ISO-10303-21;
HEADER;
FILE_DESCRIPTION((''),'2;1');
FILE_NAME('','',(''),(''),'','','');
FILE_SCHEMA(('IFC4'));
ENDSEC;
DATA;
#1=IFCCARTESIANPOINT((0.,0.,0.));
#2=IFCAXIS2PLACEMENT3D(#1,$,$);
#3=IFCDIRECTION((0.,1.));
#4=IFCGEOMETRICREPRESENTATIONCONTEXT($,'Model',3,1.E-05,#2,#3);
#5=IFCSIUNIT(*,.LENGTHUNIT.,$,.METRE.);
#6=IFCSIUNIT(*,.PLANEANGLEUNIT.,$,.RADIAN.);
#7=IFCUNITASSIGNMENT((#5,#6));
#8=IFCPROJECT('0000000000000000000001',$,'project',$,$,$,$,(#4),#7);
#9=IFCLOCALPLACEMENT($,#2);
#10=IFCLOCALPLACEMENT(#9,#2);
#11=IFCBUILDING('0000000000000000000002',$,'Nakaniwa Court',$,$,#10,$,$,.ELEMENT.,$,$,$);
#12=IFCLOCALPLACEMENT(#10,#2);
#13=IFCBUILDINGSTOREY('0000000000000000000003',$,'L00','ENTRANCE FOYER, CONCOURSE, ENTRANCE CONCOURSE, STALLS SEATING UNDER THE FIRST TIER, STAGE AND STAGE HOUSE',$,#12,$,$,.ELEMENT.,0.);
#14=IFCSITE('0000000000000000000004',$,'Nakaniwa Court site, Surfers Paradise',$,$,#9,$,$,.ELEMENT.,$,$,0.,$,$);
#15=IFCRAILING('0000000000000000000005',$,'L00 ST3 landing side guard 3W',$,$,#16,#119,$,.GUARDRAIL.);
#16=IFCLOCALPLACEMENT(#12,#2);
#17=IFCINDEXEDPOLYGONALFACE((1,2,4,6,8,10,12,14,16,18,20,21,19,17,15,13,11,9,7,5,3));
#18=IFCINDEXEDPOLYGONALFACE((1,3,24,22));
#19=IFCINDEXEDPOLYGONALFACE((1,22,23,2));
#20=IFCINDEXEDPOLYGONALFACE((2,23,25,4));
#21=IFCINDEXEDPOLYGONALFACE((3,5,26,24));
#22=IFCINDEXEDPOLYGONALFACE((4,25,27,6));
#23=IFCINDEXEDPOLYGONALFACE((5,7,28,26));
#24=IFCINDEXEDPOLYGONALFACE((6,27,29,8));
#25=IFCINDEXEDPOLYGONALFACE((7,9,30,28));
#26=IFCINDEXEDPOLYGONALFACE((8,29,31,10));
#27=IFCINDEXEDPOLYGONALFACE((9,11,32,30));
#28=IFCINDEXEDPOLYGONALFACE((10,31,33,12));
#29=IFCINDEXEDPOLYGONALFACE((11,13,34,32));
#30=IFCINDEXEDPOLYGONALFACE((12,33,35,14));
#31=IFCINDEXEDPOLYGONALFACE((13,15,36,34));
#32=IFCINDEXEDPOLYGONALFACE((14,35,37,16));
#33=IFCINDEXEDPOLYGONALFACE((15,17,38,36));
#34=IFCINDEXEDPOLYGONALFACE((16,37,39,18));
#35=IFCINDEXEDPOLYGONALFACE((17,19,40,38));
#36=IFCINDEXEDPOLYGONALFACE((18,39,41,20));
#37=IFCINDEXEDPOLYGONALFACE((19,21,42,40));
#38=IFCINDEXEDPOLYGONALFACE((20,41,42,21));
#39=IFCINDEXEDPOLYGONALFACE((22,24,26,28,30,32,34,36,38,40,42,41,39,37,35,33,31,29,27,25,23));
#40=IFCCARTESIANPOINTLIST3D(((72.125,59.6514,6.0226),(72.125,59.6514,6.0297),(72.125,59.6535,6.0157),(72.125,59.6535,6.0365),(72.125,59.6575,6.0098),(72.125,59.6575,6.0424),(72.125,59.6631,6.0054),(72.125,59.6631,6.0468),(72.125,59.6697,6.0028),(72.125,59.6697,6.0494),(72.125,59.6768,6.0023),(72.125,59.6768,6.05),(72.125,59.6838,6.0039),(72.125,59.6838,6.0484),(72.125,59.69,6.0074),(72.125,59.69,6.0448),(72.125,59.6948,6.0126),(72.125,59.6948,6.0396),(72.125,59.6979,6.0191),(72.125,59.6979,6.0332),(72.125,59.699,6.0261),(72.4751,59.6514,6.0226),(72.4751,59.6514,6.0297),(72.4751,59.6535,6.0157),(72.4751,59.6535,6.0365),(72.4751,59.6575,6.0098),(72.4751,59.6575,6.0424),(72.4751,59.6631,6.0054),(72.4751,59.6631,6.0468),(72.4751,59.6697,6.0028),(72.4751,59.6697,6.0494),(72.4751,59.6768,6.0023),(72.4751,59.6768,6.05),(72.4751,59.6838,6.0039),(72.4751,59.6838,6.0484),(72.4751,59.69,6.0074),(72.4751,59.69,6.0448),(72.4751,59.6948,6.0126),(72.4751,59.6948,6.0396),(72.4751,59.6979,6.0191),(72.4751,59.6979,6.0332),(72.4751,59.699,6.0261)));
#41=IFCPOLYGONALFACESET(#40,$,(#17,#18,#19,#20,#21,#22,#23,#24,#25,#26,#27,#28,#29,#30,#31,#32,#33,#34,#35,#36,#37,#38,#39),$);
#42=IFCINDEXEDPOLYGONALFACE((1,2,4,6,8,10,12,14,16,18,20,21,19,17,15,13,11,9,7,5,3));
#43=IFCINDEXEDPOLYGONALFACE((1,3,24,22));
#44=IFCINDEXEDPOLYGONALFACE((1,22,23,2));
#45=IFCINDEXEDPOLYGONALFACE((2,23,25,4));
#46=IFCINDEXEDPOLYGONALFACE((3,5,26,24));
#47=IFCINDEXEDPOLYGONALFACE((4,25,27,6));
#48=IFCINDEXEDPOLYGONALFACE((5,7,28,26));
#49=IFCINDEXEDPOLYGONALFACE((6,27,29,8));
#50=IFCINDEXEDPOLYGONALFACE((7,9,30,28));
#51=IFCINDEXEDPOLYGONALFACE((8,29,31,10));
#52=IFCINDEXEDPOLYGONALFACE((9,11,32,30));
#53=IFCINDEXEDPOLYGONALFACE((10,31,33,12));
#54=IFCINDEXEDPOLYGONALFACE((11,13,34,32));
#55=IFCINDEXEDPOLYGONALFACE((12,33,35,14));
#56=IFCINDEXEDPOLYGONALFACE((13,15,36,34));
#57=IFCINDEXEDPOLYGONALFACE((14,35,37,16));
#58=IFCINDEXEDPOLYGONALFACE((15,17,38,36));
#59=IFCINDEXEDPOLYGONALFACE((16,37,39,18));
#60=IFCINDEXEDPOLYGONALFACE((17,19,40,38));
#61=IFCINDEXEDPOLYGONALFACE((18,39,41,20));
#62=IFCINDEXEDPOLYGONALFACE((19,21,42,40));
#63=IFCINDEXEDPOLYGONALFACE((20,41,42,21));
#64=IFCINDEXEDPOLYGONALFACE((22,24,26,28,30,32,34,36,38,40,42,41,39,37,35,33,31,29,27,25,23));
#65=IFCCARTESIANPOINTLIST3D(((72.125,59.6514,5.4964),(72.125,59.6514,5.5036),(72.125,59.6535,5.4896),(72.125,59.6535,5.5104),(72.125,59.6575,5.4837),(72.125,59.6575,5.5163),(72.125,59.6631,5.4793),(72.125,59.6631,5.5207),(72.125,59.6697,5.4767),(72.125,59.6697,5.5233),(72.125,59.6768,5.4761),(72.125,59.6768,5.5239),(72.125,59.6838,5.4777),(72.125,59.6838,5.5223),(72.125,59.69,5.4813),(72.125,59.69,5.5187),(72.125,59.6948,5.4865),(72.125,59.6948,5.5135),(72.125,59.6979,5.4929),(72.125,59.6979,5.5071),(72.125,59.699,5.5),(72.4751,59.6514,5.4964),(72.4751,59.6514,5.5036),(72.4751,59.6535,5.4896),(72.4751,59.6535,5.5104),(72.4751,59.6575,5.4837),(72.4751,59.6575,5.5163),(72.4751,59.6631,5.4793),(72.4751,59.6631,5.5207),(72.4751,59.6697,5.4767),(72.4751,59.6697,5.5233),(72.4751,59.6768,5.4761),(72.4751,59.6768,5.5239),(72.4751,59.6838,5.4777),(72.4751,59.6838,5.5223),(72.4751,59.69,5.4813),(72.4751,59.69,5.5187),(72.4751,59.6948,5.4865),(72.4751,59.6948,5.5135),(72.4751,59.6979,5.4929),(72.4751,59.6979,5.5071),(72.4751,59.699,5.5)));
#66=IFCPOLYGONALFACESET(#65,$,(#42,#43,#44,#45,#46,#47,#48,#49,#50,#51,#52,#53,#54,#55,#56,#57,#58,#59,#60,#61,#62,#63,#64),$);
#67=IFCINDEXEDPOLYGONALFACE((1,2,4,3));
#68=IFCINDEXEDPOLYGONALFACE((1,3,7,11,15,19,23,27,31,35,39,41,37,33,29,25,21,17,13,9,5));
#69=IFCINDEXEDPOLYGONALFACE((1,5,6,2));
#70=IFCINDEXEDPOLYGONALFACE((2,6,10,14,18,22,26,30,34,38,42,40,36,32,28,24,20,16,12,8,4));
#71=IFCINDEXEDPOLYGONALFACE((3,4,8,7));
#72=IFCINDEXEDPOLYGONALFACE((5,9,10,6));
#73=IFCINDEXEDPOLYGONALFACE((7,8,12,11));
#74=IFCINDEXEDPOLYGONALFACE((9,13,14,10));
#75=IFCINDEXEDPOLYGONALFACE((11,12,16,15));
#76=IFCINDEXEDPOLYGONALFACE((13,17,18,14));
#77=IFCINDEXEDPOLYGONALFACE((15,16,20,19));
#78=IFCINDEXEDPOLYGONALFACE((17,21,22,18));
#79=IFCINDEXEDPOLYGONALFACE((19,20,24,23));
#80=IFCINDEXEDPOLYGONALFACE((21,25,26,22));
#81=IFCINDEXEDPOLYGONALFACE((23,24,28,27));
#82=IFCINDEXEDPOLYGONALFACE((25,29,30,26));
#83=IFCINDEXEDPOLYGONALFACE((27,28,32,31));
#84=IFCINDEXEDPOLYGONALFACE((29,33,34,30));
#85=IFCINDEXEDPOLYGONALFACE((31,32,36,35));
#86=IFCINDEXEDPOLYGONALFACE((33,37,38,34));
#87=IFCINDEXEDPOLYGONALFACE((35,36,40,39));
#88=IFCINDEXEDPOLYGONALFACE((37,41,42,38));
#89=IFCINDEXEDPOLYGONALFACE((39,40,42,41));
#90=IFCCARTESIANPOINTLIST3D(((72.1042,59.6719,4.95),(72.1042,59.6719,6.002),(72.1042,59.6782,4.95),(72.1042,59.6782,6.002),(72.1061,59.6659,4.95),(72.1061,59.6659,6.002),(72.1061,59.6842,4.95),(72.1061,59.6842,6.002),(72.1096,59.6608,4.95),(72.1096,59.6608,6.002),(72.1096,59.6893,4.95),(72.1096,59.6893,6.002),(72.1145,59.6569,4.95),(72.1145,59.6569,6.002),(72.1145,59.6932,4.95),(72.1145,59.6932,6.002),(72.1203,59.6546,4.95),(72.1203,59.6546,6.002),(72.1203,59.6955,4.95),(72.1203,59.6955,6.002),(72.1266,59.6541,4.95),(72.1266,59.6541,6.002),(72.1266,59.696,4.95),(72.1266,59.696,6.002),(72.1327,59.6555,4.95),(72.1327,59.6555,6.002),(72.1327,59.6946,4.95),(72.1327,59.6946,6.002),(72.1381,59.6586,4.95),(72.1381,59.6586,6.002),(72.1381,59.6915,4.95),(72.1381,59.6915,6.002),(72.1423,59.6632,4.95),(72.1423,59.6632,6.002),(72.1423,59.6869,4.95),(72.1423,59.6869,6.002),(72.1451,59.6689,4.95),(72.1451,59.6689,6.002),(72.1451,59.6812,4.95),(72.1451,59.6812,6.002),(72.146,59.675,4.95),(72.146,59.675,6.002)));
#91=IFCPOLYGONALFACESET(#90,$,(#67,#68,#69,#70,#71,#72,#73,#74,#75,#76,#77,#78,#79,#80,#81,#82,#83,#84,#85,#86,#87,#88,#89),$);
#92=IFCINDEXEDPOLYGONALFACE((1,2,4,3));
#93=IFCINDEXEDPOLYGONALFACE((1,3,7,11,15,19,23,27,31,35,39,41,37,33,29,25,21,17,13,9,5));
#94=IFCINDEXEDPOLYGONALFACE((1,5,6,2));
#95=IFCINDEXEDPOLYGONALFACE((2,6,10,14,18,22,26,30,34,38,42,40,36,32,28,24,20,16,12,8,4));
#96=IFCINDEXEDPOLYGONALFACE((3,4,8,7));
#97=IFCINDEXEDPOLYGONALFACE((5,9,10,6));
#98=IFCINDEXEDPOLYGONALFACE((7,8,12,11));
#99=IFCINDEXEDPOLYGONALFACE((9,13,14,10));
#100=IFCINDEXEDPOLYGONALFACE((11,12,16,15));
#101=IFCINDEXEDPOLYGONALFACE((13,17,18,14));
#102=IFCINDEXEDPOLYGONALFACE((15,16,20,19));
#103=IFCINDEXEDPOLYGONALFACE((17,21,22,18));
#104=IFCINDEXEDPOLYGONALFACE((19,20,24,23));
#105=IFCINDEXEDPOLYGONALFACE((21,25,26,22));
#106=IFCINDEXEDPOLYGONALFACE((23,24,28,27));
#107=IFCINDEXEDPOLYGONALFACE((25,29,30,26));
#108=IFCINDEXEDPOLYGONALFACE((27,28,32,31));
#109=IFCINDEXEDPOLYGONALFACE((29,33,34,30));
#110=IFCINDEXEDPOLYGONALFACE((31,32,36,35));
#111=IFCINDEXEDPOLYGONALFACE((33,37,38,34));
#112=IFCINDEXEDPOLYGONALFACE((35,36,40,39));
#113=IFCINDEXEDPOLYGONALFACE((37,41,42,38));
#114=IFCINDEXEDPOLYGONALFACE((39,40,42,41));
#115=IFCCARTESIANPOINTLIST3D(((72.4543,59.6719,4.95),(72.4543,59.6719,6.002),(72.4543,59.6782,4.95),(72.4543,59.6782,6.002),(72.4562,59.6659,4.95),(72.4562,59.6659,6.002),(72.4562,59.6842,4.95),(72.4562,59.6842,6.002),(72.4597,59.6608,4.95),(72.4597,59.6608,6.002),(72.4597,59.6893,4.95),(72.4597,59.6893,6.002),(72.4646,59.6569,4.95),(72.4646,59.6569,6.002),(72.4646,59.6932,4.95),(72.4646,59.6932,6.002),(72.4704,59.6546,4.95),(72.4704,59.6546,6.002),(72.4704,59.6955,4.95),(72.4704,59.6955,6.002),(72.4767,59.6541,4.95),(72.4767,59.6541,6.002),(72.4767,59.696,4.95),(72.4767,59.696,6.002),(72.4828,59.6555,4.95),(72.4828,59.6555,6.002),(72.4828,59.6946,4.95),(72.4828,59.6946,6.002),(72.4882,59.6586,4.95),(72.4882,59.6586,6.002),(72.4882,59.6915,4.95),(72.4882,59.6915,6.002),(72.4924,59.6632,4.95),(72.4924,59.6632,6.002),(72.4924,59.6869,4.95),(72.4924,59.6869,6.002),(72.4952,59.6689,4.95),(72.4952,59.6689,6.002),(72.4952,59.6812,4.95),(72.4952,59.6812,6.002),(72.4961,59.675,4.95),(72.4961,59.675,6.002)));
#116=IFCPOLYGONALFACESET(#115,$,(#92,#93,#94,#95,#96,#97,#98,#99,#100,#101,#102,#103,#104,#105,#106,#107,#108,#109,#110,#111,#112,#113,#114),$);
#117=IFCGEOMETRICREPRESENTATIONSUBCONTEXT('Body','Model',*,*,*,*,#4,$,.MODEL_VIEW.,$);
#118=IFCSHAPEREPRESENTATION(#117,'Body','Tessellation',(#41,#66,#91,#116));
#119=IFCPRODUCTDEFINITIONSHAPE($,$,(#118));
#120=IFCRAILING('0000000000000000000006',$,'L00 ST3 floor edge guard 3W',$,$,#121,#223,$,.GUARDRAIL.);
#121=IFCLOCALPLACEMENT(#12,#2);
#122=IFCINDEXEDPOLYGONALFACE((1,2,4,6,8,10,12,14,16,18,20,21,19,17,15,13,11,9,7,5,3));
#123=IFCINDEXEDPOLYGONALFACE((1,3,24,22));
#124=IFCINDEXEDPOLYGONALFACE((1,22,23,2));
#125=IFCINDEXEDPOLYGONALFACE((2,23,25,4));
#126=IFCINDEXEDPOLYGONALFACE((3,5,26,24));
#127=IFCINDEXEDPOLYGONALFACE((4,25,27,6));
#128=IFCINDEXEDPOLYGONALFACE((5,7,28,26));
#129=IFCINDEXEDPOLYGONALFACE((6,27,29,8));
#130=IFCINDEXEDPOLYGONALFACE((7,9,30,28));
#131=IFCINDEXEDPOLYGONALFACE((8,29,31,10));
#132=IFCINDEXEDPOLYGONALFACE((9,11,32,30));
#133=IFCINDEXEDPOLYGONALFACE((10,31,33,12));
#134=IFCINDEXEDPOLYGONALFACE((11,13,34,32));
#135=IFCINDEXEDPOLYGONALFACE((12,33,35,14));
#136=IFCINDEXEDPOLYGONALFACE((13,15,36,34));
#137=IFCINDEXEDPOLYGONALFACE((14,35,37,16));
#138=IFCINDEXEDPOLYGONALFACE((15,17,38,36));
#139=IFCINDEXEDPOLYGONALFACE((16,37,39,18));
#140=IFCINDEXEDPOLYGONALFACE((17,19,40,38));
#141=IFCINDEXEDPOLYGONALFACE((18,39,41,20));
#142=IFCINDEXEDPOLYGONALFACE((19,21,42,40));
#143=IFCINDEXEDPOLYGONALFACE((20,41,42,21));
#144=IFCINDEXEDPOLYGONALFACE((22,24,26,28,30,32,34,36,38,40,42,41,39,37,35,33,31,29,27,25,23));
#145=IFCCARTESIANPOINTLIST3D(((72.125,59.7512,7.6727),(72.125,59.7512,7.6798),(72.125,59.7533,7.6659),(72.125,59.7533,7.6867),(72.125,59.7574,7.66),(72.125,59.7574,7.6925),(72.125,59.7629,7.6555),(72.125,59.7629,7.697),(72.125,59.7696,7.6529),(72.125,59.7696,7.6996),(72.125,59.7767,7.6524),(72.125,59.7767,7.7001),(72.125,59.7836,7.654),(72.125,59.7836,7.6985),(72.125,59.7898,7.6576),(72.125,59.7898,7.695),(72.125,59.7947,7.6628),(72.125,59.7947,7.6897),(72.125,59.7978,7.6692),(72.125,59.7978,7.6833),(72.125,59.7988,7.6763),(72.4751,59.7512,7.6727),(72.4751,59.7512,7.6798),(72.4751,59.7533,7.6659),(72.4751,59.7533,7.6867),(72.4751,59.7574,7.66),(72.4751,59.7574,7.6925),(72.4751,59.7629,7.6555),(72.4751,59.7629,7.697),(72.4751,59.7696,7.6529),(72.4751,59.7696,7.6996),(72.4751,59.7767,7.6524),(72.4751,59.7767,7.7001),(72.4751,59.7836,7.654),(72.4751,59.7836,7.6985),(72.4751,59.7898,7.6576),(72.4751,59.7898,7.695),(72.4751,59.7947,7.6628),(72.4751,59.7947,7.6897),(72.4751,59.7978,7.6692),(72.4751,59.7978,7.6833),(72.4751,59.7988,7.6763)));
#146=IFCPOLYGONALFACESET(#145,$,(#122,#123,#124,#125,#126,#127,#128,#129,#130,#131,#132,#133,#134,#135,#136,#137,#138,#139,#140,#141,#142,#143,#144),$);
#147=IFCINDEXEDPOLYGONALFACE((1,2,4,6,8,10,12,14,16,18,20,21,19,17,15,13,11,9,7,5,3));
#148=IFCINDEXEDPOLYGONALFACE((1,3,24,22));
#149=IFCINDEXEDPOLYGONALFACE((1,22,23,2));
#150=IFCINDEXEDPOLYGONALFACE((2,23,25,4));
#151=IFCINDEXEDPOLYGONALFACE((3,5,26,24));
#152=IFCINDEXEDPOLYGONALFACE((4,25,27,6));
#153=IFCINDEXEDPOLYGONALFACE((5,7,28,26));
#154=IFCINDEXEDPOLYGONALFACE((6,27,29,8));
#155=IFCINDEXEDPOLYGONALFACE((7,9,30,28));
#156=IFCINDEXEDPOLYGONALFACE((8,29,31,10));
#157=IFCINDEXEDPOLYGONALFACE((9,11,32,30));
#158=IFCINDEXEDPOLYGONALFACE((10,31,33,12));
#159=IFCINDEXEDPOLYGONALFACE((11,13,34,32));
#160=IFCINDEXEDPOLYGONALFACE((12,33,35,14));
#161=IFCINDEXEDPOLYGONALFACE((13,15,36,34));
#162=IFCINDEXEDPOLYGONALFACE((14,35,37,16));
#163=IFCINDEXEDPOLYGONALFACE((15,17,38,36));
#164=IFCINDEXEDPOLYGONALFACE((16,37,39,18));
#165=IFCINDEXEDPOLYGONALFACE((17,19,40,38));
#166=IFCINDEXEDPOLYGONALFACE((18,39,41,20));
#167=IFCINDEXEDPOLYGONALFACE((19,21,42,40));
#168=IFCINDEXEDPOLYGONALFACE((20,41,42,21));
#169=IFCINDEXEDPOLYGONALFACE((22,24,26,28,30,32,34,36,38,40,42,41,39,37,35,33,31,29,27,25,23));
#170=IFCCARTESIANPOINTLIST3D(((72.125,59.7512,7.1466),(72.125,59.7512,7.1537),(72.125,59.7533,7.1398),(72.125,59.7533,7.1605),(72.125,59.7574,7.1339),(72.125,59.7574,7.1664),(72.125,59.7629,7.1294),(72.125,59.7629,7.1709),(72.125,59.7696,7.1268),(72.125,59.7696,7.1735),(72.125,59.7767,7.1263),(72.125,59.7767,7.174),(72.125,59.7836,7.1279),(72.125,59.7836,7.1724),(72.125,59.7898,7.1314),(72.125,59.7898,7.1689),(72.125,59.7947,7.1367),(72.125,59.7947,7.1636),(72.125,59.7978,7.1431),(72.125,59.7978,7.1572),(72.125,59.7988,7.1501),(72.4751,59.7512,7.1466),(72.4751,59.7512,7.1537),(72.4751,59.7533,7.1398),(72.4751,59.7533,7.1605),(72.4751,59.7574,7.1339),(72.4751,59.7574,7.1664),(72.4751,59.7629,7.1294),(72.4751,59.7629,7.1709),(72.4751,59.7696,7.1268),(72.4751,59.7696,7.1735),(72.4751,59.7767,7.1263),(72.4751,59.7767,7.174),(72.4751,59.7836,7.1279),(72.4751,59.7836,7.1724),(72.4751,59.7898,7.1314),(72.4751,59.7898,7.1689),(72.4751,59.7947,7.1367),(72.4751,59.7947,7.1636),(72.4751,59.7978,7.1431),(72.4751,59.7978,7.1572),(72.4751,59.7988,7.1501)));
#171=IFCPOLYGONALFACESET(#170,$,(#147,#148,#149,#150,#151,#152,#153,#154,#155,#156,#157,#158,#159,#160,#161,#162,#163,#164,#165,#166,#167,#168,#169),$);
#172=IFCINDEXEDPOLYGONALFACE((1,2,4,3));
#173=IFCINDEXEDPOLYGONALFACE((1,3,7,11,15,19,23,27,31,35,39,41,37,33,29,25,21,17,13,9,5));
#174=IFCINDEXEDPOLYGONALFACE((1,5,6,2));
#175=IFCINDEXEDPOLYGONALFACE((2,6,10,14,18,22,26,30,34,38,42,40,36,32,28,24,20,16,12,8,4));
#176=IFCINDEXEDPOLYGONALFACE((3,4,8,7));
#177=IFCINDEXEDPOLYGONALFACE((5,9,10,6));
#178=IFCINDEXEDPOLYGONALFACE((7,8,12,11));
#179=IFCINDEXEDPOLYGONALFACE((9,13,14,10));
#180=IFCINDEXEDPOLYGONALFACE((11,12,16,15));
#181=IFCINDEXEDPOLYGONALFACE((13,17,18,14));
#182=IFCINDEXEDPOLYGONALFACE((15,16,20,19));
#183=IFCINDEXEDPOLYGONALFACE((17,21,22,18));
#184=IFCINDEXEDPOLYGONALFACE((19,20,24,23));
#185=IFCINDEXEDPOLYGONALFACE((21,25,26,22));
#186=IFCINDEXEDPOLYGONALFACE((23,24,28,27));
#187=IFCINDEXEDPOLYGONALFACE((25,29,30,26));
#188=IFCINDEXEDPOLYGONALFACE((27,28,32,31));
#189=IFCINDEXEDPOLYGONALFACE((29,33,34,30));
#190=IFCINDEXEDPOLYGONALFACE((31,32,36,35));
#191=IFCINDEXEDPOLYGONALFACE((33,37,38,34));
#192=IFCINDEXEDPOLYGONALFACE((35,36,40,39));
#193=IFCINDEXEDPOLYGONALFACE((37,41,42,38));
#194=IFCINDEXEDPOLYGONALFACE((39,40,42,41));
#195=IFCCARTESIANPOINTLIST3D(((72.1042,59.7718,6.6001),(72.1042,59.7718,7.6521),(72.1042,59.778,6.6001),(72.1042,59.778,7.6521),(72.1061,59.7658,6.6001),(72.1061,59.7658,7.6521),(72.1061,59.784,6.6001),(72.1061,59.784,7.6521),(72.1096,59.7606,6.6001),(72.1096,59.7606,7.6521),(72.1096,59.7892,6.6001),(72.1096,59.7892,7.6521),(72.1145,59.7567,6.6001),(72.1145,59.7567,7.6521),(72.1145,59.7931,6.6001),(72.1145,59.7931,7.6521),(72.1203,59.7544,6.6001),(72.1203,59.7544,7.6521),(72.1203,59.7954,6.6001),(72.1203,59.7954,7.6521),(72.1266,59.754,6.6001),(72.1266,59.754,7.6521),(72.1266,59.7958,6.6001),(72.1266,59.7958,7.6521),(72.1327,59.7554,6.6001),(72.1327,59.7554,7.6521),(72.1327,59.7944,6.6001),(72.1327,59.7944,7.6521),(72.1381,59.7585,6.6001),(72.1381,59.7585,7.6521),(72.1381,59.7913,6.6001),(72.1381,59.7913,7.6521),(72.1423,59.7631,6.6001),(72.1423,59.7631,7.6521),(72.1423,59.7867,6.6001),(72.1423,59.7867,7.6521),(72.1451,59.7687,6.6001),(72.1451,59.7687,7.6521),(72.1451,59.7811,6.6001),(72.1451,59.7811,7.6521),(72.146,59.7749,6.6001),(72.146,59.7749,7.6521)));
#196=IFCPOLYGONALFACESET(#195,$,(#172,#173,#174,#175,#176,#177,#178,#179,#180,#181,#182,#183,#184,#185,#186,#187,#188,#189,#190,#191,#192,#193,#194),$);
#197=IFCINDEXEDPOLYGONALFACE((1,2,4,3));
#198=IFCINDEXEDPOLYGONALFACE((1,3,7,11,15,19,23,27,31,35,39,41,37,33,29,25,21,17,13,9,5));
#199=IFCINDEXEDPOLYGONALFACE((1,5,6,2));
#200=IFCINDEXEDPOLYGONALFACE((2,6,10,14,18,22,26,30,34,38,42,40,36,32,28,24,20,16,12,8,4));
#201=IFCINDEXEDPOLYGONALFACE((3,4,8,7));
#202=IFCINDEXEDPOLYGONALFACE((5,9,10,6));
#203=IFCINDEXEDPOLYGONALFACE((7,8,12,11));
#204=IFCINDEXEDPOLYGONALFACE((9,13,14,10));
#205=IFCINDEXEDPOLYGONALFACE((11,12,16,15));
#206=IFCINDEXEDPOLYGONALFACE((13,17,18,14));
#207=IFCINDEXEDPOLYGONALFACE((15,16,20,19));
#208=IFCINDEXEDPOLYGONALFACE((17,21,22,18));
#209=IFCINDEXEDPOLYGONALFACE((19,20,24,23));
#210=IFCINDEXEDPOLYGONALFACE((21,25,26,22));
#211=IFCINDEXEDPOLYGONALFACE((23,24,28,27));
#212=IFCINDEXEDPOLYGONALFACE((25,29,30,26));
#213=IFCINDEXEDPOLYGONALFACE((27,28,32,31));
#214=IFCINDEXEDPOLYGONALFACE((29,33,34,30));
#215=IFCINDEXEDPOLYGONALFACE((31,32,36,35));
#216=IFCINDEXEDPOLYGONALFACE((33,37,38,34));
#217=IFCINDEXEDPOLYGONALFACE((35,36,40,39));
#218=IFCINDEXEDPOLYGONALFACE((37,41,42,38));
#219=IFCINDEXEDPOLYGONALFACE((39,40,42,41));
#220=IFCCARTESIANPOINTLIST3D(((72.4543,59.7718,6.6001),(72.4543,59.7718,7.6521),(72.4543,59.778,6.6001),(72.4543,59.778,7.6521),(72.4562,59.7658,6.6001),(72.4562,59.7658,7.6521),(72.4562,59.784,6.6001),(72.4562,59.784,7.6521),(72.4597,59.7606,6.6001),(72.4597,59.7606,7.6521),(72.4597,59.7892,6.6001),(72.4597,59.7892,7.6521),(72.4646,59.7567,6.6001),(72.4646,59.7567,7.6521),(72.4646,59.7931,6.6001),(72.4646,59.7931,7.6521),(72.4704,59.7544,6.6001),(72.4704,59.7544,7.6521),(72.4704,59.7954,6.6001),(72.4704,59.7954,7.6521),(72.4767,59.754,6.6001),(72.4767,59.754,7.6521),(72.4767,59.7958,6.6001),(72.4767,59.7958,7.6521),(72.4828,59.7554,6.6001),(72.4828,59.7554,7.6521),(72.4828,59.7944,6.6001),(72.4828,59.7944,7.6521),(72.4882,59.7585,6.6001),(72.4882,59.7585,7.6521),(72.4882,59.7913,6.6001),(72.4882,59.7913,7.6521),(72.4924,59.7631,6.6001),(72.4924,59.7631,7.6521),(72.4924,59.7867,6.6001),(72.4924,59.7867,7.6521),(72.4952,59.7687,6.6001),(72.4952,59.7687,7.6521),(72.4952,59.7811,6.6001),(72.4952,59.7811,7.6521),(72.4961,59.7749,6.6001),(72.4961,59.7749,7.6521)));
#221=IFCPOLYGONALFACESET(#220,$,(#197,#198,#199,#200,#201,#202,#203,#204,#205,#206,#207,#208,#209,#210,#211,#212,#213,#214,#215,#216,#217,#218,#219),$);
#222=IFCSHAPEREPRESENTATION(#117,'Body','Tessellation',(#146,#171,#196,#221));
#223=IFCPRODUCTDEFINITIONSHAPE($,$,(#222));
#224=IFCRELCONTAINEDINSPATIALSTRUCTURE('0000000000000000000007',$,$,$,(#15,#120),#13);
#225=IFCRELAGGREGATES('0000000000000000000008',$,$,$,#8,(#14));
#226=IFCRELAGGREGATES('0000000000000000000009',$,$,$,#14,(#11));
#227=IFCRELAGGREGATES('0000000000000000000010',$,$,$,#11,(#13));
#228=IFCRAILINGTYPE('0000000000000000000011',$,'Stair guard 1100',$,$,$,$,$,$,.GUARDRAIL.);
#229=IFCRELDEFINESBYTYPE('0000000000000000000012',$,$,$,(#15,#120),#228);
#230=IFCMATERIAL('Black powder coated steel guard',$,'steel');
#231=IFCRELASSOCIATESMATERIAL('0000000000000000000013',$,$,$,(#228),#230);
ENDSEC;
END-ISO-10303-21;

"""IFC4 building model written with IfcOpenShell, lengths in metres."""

from ifc_helpers import new_model, si_unit, direction, frame, origin, origin_2d, place, context, subcontext, project, spatial, circle, extrude, material, type_object, element, save


model = new_model("IFC4")

# Units and contexts
model_context = context("Model", 3, precision=1e-05, world=origin(), true_north=direction((0.0, 1.0)))
body_context = subcontext(model_context, "Body", "Model", "MODEL_VIEW")
ifc_project = project(units=[si_unit("LENGTHUNIT", "METRE"), si_unit("PLANEANGLEUNIT", "RADIAN")], contexts=[model_context])

# Site, building, storey
site_placement = place(None, origin())
site = spatial("IfcSite", under=ifc_project, at=site_placement, Name="Nakaniwa Court site, Surfers Paradise", CompositionType="ELEMENT", RefElevation=0.0)
building_placement = place(site_placement, origin())
building = spatial("IfcBuilding", under=site, at=building_placement, Name="Nakaniwa Court", CompositionType="ELEMENT")
storey_placement = place(building_placement, origin())
storey = spatial("IfcBuildingStorey", under=building, at=storey_placement, Name="L00", Description="ENTRANCE FOYER, CONCOURSE, ENTRANCE CONCOURSE, STALLS SEATING UNDER THE FIRST TIER, STAGE AND STAGE HOUSE", CompositionType="ELEMENT", Elevation=0.0)

# Railings
ifc_material_1 = material(Name="Black powder coated steel guard", Category="steel")
railing_type_1 = type_object("IfcRailingType", Name="Stair guard 1100", PredefinedType="GUARDRAIL", material=ifc_material_1)
for number, where, name in (
    (1, (72.125, 59.675, 4.95), "L00 ST3 landing side guard 3W"),
    (2, (72.125, 59.7749, 6.6001), "L00 ST3 floor edge guard 3W"),
):
    element("IfcRailing", number, at=place(storey_placement, frame(where)), inside=storey, type_object=railing_type_1, Name=name, PredefinedType="GUARDRAIL", context=body_context, shape_type="SweptSolid", body=[
        extrude(circle(Radius=0.0239, at=origin_2d()), frame((0.0, 0.0, 1.0762), z_axis=(1.0, 0.0, 0.0), x_axis=(0.0, 1.0, 0.0)), (0.0, 0.0, 1.0), 0.3501),
        extrude(circle(Radius=0.0239, at=origin_2d()), frame((0.0, 0.0, 0.55), z_axis=(1.0, 0.0, 0.0), x_axis=(0.0, 1.0, 0.0)), (0.0, 0.0, 1.0), 0.3501),
        extrude(circle(Radius=0.021, at=origin_2d()), origin(), (0.0, 0.0, 1.0), 1.052),
        extrude(circle(Radius=0.021, at=origin_2d()), frame((0.3501, 0.0, 0.0)), (0.0, 0.0, 1.0), 1.052),
    ])

save(model, "model.ifc")
